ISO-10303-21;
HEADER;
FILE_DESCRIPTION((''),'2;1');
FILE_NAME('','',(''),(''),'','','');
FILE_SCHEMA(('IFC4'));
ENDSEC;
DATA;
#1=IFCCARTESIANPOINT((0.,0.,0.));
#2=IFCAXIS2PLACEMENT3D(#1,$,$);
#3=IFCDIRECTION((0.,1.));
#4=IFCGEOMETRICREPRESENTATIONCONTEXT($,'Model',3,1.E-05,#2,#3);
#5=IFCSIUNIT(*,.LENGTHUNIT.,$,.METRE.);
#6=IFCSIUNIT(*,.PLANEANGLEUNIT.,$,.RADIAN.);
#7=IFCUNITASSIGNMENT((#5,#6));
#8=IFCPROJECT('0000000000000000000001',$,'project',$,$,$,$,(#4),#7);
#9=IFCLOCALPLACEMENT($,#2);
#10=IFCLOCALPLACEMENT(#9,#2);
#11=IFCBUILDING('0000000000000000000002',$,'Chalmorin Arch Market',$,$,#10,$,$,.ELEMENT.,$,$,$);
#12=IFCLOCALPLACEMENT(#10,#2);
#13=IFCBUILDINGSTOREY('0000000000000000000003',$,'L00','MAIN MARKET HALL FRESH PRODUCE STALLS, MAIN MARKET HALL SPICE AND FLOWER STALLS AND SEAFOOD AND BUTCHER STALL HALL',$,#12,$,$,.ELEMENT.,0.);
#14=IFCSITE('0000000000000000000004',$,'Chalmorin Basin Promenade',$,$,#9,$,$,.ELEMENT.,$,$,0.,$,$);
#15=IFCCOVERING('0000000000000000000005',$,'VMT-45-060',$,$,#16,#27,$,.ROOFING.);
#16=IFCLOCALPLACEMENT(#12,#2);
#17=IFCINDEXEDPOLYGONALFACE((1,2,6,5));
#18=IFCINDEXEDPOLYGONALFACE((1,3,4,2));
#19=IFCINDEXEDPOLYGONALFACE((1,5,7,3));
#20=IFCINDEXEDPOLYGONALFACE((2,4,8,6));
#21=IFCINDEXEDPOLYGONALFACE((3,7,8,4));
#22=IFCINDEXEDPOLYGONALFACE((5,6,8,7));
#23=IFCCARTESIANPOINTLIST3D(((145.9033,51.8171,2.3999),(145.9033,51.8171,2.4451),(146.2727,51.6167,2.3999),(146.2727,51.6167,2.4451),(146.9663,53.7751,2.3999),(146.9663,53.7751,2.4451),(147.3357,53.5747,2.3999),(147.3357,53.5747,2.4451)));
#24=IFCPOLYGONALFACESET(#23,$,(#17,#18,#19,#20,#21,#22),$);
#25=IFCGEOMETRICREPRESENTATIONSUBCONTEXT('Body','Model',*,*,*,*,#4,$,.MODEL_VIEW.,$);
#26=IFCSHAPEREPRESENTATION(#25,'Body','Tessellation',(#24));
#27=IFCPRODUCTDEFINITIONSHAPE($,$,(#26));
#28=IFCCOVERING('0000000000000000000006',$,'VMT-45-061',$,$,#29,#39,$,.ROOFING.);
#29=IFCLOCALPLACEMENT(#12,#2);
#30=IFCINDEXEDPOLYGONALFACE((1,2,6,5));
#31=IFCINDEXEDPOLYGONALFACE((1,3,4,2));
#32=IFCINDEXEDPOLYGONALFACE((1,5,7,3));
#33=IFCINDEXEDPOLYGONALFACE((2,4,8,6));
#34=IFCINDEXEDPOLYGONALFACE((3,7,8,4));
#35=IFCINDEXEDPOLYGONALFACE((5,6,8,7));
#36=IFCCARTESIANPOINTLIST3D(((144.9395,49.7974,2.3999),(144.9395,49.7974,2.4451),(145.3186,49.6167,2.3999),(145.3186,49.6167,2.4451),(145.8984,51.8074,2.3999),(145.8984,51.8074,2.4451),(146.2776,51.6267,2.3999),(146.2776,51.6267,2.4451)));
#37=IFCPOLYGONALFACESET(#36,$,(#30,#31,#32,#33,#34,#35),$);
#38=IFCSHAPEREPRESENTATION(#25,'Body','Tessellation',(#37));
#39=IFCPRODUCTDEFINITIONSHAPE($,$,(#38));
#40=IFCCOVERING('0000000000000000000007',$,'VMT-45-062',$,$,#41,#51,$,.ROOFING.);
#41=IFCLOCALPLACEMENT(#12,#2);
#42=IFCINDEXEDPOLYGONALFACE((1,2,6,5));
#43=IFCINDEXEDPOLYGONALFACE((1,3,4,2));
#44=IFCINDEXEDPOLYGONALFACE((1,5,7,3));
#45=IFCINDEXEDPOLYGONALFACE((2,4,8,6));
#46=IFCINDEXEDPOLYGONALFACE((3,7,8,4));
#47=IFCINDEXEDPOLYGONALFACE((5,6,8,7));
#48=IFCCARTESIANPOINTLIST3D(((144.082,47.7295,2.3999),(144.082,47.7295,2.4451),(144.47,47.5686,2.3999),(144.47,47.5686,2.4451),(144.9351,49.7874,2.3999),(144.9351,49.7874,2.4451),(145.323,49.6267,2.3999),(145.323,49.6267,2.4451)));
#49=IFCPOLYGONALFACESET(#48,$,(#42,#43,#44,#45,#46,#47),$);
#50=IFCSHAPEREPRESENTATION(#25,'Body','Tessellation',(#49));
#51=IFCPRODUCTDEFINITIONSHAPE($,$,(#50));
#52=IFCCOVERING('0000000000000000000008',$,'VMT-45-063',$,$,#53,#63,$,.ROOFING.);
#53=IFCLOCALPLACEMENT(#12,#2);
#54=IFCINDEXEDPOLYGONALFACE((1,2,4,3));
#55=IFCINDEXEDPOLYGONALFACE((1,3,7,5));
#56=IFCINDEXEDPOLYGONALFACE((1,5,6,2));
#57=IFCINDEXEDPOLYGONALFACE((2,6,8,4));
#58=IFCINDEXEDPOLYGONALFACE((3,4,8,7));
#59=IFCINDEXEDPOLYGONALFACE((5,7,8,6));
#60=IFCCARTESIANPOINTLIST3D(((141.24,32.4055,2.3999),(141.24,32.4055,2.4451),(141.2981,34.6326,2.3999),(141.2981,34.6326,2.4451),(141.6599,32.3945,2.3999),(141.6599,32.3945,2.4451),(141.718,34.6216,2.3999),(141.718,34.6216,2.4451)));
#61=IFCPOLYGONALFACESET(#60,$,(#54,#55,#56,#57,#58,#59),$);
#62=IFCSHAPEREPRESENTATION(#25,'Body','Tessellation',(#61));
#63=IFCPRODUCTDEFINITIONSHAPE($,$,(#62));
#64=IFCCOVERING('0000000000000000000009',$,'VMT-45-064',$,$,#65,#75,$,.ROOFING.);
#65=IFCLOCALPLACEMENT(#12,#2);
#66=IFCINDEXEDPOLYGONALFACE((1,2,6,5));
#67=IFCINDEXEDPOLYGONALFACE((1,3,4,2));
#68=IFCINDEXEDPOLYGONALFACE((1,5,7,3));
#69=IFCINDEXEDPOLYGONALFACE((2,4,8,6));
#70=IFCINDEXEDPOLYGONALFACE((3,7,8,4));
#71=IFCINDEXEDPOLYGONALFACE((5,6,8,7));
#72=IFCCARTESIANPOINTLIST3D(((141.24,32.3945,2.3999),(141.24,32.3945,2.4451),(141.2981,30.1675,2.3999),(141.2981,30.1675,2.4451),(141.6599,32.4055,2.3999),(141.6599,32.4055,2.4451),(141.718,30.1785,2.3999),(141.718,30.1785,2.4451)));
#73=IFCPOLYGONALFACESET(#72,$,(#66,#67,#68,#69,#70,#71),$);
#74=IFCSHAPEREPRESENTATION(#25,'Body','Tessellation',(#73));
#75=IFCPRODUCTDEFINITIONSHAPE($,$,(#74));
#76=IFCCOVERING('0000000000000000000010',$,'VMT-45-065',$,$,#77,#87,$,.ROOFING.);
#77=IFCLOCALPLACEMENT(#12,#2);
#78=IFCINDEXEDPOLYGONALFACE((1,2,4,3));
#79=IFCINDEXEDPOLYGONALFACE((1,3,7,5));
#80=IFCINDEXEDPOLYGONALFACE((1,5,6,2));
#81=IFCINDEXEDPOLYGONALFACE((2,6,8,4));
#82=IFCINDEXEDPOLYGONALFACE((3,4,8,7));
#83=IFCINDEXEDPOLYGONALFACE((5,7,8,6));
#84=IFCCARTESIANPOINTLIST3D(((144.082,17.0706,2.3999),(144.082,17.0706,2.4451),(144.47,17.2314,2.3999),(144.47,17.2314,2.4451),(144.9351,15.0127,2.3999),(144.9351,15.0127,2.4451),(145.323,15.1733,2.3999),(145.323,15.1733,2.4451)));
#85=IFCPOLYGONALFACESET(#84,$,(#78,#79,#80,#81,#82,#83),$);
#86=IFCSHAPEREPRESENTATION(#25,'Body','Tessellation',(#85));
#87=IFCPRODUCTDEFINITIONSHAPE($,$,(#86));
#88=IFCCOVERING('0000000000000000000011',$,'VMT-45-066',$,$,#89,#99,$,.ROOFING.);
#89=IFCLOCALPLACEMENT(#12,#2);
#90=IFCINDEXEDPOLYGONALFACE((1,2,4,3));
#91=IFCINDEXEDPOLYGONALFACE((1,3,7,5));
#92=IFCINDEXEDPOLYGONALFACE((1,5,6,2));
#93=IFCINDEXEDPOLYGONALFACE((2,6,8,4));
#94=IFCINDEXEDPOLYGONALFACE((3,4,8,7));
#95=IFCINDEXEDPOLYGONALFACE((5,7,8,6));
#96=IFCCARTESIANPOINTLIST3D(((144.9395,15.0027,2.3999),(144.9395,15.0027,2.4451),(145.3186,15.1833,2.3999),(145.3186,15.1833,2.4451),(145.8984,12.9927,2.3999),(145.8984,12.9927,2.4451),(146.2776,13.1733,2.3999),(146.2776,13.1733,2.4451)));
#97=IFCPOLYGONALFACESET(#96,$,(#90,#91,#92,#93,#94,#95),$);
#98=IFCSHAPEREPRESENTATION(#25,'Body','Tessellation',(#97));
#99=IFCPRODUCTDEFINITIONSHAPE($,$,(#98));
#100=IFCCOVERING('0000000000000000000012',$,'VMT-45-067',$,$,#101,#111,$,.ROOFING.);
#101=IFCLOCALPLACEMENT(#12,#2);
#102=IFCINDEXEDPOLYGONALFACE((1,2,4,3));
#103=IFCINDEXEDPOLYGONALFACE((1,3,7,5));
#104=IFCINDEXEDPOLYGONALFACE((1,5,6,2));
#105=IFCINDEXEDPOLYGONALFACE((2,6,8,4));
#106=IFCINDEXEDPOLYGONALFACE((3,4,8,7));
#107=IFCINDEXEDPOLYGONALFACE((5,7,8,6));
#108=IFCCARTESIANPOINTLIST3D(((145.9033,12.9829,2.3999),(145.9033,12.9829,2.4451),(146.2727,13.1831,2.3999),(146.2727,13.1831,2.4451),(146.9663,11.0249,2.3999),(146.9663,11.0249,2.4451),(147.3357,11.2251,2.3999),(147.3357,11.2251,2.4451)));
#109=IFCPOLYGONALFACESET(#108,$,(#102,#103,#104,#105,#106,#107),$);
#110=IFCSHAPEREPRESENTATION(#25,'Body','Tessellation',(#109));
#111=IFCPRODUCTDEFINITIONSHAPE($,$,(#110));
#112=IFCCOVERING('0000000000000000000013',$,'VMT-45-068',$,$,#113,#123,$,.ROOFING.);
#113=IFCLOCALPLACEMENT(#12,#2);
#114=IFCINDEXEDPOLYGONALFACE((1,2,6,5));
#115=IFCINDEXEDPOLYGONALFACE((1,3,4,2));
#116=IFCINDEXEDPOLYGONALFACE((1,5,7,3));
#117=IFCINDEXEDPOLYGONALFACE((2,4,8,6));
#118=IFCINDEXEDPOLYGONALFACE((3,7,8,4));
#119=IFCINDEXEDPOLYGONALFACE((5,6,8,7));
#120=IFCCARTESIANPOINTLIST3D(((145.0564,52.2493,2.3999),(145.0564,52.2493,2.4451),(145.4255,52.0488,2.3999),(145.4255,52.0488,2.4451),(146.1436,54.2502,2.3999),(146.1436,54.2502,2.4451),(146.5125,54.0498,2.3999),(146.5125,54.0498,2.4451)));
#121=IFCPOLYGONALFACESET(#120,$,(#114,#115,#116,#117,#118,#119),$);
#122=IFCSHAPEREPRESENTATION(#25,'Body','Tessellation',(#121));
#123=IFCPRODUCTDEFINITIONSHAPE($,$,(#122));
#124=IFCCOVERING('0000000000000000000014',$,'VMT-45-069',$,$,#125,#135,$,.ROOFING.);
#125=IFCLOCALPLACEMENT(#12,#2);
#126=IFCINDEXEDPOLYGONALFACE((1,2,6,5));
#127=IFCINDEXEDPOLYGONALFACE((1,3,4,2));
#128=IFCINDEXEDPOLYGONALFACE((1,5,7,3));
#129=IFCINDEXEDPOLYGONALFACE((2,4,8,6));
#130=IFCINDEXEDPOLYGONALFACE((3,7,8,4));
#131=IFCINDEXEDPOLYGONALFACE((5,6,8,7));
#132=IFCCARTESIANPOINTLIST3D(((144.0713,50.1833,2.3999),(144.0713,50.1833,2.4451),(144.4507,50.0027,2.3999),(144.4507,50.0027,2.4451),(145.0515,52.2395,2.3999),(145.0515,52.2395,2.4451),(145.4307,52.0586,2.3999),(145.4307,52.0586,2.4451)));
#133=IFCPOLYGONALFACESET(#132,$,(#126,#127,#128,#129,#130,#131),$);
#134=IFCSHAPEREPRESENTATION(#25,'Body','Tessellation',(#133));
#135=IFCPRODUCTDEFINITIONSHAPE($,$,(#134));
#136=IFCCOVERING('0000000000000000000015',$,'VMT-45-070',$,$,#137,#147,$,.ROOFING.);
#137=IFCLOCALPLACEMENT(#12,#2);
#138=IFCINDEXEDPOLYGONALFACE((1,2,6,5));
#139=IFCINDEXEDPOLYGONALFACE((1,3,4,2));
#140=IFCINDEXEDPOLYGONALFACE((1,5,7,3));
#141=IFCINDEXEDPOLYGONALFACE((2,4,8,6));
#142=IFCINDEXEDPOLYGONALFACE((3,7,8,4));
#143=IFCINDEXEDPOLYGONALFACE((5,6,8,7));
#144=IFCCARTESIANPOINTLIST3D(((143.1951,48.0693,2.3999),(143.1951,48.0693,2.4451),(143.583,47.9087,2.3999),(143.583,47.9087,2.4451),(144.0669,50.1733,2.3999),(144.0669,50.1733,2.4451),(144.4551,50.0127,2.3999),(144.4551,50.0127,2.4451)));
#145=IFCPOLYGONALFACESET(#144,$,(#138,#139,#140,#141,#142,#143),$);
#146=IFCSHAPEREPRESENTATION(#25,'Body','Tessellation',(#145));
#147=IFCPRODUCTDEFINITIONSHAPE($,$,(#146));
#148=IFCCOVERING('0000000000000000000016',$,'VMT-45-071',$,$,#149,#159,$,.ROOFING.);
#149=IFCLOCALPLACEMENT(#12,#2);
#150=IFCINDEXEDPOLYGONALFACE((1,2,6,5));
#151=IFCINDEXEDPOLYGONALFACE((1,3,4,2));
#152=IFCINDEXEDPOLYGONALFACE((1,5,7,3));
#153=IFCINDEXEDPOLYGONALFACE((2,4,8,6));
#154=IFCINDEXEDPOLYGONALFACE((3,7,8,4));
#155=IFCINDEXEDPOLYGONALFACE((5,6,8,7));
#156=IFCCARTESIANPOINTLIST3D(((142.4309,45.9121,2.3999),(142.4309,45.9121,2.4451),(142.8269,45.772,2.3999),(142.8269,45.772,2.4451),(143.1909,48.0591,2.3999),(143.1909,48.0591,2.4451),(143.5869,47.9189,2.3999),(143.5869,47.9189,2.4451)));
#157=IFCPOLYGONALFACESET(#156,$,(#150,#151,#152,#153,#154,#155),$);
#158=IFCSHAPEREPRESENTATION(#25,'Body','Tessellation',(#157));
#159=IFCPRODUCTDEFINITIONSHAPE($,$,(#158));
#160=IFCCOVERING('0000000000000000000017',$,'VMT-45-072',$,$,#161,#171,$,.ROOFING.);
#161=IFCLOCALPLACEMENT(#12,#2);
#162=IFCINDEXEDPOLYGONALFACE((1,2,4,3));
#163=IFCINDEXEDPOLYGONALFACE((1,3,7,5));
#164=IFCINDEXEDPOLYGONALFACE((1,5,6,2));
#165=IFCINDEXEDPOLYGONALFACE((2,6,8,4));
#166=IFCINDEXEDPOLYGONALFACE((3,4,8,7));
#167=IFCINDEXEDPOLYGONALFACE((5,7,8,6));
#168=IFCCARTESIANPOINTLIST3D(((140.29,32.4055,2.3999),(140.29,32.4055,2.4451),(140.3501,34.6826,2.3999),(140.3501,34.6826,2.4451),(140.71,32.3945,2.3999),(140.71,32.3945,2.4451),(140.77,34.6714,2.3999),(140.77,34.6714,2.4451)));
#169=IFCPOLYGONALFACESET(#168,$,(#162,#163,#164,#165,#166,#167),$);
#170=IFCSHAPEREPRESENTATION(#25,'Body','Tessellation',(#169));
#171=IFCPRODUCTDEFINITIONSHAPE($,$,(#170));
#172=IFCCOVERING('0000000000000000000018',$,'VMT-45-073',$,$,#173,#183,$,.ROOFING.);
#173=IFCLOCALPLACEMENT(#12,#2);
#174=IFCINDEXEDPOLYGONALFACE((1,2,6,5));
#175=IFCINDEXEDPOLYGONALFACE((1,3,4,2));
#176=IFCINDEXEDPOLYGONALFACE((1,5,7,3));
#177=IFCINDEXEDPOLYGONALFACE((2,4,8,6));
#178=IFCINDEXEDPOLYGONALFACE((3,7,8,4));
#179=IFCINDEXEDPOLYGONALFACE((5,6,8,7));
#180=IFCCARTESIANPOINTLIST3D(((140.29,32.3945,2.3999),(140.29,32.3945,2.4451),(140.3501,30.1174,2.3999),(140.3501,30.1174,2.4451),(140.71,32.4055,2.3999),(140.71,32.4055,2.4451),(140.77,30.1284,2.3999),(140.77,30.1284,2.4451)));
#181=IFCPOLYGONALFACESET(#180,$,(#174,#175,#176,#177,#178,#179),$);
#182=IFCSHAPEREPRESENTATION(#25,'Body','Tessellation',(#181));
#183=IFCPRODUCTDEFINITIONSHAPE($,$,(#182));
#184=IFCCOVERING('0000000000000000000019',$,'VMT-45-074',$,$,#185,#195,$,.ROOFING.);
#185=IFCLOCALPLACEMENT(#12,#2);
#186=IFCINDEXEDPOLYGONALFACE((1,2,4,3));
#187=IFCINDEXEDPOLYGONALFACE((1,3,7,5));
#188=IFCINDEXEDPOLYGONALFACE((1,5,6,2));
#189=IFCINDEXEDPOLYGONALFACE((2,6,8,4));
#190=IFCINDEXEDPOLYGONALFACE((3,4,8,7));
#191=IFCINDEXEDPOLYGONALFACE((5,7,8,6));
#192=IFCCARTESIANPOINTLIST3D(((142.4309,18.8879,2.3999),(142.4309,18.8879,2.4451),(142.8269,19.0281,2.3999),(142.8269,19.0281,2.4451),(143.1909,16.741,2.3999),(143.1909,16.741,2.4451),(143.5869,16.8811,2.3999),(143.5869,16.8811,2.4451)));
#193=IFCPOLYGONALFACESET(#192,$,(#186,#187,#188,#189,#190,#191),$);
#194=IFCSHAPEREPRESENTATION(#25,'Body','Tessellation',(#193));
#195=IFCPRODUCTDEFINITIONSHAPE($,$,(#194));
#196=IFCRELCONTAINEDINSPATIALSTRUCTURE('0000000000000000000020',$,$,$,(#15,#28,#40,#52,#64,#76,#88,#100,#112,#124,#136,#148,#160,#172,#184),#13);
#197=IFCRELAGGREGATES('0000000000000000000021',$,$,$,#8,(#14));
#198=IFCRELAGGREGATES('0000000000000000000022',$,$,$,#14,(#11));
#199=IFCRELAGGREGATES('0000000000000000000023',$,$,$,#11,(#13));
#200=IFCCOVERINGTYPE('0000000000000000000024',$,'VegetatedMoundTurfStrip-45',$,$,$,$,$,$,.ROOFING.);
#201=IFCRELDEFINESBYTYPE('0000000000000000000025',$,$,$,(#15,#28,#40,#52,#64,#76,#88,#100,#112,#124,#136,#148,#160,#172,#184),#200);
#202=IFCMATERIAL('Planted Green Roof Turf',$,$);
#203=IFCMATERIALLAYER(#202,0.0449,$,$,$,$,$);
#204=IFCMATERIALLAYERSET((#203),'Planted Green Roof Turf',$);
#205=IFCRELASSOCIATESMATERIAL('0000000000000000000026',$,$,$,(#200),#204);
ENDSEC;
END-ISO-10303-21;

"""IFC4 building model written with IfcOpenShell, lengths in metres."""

from ifc_helpers import new_model, si_unit, direction, frame, origin, place, context, subcontext, project, spatial, polyline, outline, extrude, material, layer, layer_set, type_object, element, save


model = new_model("IFC4")

# Units and contexts
model_context = context("Model", 3, precision=1e-05, world=origin(), true_north=direction((0.0, 1.0)))
body_context = subcontext(model_context, "Body", "Model", "MODEL_VIEW")
ifc_project = project(units=[si_unit("LENGTHUNIT", "METRE"), si_unit("PLANEANGLEUNIT", "RADIAN")], contexts=[model_context])

# Site, building, storey
site_placement = place(None, origin())
site = spatial("IfcSite", under=ifc_project, at=site_placement, Name="Chalmorin Basin Promenade", CompositionType="ELEMENT", RefElevation=0.0)
building_placement = place(site_placement, origin())
building = spatial("IfcBuilding", under=site, at=building_placement, Name="Chalmorin Arch Market", CompositionType="ELEMENT")
storey_placement = place(building_placement, origin())
storey = spatial("IfcBuildingStorey", under=building, at=storey_placement, Name="L00", Description="MAIN MARKET HALL FRESH PRODUCE STALLS, MAIN MARKET HALL SPICE AND FLOWER STALLS AND SEAFOOD AND BUTCHER STALL HALL", CompositionType="ELEMENT", Elevation=0.0)

# Coverings
ifc_material_1 = material(Name="Planted Green Roof Turf")
ifc_layer_1 = layer(ifc_material_1, 0.0449)
ifc_layer_set_1 = layer_set([ifc_layer_1], Name="Planted Green Roof Turf")
covering_type = type_object("IfcCoveringType", Name="VegetatedMoundTurfStrip-45", PredefinedType="ROOFING", material=ifc_layer_set_1)
covering_1_placement = place(storey_placement, frame((0.0, 0.0, 2.3999)))
element("IfcCovering", 1, at=covering_1_placement, inside=storey, type_object=covering_type, Name="VMT-45-060", PredefinedType="ROOFING", context=body_context, shape_type="SweptSolid", body=[
    extrude(outline(polyline([(146.9663, 53.7751), (145.9033, 51.8171), (146.2727, 51.6167), (147.3357, 53.5747), (146.9663, 53.7751)])), origin(), (0.0, 0.0, 1.0), 0.0452),
])
covering_2_placement = place(storey_placement, frame((0.0, 0.0, 2.3999)))
element("IfcCovering", 2, at=covering_2_placement, inside=storey, type_object=covering_type, Name="VMT-45-061", PredefinedType="ROOFING", context=body_context, shape_type="SweptSolid", body=[
    extrude(outline(polyline([(145.8984, 51.8074), (144.9395, 49.7974), (145.3186, 49.6167), (146.2776, 51.6267), (145.8984, 51.8074)])), origin(), (0.0, 0.0, 1.0), 0.0452),
])
covering_3_placement = place(storey_placement, frame((0.0, 0.0, 2.3999)))
element("IfcCovering", 3, at=covering_3_placement, inside=storey, type_object=covering_type, Name="VMT-45-062", PredefinedType="ROOFING", context=body_context, shape_type="SweptSolid", body=[
    extrude(outline(polyline([(144.9351, 49.7874), (144.082, 47.7295), (144.47, 47.5686), (145.323, 49.6267), (144.9351, 49.7874)])), origin(), (0.0, 0.0, 1.0), 0.0452),
])
covering_4_placement = place(storey_placement, frame((0.0, 0.0, 2.3999)))
element("IfcCovering", 4, at=covering_4_placement, inside=storey, type_object=covering_type, Name="VMT-45-063", PredefinedType="ROOFING", context=body_context, shape_type="SweptSolid", body=[
    extrude(outline(polyline([(141.2981, 34.6326), (141.24, 32.4055), (141.6599, 32.3945), (141.718, 34.6216), (141.2981, 34.6326)])), origin(), (0.0, 0.0, 1.0), 0.0452),
])
covering_5_placement = place(storey_placement, frame((0.0, 0.0, 2.3999)))
element("IfcCovering", 5, at=covering_5_placement, inside=storey, type_object=covering_type, Name="VMT-45-064", PredefinedType="ROOFING", context=body_context, shape_type="SweptSolid", body=[
    extrude(outline(polyline([(141.24, 32.3945), (141.2981, 30.1675), (141.718, 30.1785), (141.6599, 32.4055), (141.24, 32.3945)])), origin(), (0.0, 0.0, 1.0), 0.0452),
])
covering_6_placement = place(storey_placement, frame((0.0, 0.0, 2.3999)))
element("IfcCovering", 6, at=covering_6_placement, inside=storey, type_object=covering_type, Name="VMT-45-065", PredefinedType="ROOFING", context=body_context, shape_type="SweptSolid", body=[
    extrude(outline(polyline([(144.082, 17.0706), (144.9351, 15.0127), (145.323, 15.1733), (144.47, 17.2314), (144.082, 17.0706)])), origin(), (0.0, 0.0, 1.0), 0.0452),
])
covering_7_placement = place(storey_placement, frame((0.0, 0.0, 2.3999)))
element("IfcCovering", 7, at=covering_7_placement, inside=storey, type_object=covering_type, Name="VMT-45-066", PredefinedType="ROOFING", context=body_context, shape_type="SweptSolid", body=[
    extrude(outline(polyline([(144.9395, 15.0027), (145.8984, 12.9927), (146.2776, 13.1733), (145.3186, 15.1833), (144.9395, 15.0027)])), origin(), (0.0, 0.0, 1.0), 0.0452),
])
covering_8_placement = place(storey_placement, frame((0.0, 0.0, 2.3999)))
element("IfcCovering", 8, at=covering_8_placement, inside=storey, type_object=covering_type, Name="VMT-45-067", PredefinedType="ROOFING", context=body_context, shape_type="SweptSolid", body=[
    extrude(outline(polyline([(145.9033, 12.9829), (146.9663, 11.0249), (147.3357, 11.2251), (146.2727, 13.1831), (145.9033, 12.9829)])), origin(), (0.0, 0.0, 1.0), 0.0452),
])
covering_9_placement = place(storey_placement, frame((0.0, 0.0, 2.3999)))
element("IfcCovering", 9, at=covering_9_placement, inside=storey, type_object=covering_type, Name="VMT-45-068", PredefinedType="ROOFING", context=body_context, shape_type="SweptSolid", body=[
    extrude(outline(polyline([(146.1436, 54.2502), (145.0564, 52.2493), (145.4255, 52.0488), (146.5125, 54.0498), (146.1436, 54.2502)])), origin(), (0.0, 0.0, 1.0), 0.0452),
])
covering_10_placement = place(storey_placement, frame((0.0, 0.0, 2.3999)))
element("IfcCovering", 10, at=covering_10_placement, inside=storey, type_object=covering_type, Name="VMT-45-069", PredefinedType="ROOFING", context=body_context, shape_type="SweptSolid", body=[
    extrude(outline(polyline([(145.0515, 52.2395), (144.0713, 50.1833), (144.4507, 50.0027), (145.4307, 52.0586), (145.0515, 52.2395)])), origin(), (0.0, 0.0, 1.0), 0.0452),
])
covering_11_placement = place(storey_placement, frame((0.0, 0.0, 2.3999)))
element("IfcCovering", 11, at=covering_11_placement, inside=storey, type_object=covering_type, Name="VMT-45-070", PredefinedType="ROOFING", context=body_context, shape_type="SweptSolid", body=[
    extrude(outline(polyline([(144.0669, 50.1733), (143.1951, 48.0693), (143.583, 47.9087), (144.4551, 50.0127), (144.0669, 50.1733)])), origin(), (0.0, 0.0, 1.0), 0.0452),
])
covering_12_placement = place(storey_placement, frame((0.0, 0.0, 2.3999)))
element("IfcCovering", 12, at=covering_12_placement, inside=storey, type_object=covering_type, Name="VMT-45-071", PredefinedType="ROOFING", context=body_context, shape_type="SweptSolid", body=[
    extrude(outline(polyline([(143.1909, 48.0591), (142.4309, 45.9121), (142.8269, 45.772), (143.5869, 47.9189), (143.1909, 48.0591)])), origin(), (0.0, 0.0, 1.0), 0.0452),
])
covering_13_placement = place(storey_placement, frame((0.0, 0.0, 2.3999)))
element("IfcCovering", 13, at=covering_13_placement, inside=storey, type_object=covering_type, Name="VMT-45-072", PredefinedType="ROOFING", context=body_context, shape_type="SweptSolid", body=[
    extrude(outline(polyline([(140.3501, 34.6826), (140.29, 32.4055), (140.71, 32.3945), (140.77, 34.6714), (140.3501, 34.6826)])), origin(), (0.0, 0.0, 1.0), 0.0452),
])
covering_14_placement = place(storey_placement, frame((0.0, 0.0, 2.3999)))
element("IfcCovering", 14, at=covering_14_placement, inside=storey, type_object=covering_type, Name="VMT-45-073", PredefinedType="ROOFING", context=body_context, shape_type="SweptSolid", body=[
    extrude(outline(polyline([(140.29, 32.3945), (140.3501, 30.1174), (140.77, 30.1284), (140.71, 32.4055), (140.29, 32.3945)])), origin(), (0.0, 0.0, 1.0), 0.0452),
])
covering_15_placement = place(storey_placement, frame((0.0, 0.0, 2.3999)))
element("IfcCovering", 15, at=covering_15_placement, inside=storey, type_object=covering_type, Name="VMT-45-074", PredefinedType="ROOFING", context=body_context, shape_type="SweptSolid", body=[
    extrude(outline(polyline([(142.4309, 18.8879), (143.1909, 16.741), (143.5869, 16.8811), (142.8269, 19.0281), (142.4309, 18.8879)])), origin(), (0.0, 0.0, 1.0), 0.0452),
])

save(model, "model.ifc")
